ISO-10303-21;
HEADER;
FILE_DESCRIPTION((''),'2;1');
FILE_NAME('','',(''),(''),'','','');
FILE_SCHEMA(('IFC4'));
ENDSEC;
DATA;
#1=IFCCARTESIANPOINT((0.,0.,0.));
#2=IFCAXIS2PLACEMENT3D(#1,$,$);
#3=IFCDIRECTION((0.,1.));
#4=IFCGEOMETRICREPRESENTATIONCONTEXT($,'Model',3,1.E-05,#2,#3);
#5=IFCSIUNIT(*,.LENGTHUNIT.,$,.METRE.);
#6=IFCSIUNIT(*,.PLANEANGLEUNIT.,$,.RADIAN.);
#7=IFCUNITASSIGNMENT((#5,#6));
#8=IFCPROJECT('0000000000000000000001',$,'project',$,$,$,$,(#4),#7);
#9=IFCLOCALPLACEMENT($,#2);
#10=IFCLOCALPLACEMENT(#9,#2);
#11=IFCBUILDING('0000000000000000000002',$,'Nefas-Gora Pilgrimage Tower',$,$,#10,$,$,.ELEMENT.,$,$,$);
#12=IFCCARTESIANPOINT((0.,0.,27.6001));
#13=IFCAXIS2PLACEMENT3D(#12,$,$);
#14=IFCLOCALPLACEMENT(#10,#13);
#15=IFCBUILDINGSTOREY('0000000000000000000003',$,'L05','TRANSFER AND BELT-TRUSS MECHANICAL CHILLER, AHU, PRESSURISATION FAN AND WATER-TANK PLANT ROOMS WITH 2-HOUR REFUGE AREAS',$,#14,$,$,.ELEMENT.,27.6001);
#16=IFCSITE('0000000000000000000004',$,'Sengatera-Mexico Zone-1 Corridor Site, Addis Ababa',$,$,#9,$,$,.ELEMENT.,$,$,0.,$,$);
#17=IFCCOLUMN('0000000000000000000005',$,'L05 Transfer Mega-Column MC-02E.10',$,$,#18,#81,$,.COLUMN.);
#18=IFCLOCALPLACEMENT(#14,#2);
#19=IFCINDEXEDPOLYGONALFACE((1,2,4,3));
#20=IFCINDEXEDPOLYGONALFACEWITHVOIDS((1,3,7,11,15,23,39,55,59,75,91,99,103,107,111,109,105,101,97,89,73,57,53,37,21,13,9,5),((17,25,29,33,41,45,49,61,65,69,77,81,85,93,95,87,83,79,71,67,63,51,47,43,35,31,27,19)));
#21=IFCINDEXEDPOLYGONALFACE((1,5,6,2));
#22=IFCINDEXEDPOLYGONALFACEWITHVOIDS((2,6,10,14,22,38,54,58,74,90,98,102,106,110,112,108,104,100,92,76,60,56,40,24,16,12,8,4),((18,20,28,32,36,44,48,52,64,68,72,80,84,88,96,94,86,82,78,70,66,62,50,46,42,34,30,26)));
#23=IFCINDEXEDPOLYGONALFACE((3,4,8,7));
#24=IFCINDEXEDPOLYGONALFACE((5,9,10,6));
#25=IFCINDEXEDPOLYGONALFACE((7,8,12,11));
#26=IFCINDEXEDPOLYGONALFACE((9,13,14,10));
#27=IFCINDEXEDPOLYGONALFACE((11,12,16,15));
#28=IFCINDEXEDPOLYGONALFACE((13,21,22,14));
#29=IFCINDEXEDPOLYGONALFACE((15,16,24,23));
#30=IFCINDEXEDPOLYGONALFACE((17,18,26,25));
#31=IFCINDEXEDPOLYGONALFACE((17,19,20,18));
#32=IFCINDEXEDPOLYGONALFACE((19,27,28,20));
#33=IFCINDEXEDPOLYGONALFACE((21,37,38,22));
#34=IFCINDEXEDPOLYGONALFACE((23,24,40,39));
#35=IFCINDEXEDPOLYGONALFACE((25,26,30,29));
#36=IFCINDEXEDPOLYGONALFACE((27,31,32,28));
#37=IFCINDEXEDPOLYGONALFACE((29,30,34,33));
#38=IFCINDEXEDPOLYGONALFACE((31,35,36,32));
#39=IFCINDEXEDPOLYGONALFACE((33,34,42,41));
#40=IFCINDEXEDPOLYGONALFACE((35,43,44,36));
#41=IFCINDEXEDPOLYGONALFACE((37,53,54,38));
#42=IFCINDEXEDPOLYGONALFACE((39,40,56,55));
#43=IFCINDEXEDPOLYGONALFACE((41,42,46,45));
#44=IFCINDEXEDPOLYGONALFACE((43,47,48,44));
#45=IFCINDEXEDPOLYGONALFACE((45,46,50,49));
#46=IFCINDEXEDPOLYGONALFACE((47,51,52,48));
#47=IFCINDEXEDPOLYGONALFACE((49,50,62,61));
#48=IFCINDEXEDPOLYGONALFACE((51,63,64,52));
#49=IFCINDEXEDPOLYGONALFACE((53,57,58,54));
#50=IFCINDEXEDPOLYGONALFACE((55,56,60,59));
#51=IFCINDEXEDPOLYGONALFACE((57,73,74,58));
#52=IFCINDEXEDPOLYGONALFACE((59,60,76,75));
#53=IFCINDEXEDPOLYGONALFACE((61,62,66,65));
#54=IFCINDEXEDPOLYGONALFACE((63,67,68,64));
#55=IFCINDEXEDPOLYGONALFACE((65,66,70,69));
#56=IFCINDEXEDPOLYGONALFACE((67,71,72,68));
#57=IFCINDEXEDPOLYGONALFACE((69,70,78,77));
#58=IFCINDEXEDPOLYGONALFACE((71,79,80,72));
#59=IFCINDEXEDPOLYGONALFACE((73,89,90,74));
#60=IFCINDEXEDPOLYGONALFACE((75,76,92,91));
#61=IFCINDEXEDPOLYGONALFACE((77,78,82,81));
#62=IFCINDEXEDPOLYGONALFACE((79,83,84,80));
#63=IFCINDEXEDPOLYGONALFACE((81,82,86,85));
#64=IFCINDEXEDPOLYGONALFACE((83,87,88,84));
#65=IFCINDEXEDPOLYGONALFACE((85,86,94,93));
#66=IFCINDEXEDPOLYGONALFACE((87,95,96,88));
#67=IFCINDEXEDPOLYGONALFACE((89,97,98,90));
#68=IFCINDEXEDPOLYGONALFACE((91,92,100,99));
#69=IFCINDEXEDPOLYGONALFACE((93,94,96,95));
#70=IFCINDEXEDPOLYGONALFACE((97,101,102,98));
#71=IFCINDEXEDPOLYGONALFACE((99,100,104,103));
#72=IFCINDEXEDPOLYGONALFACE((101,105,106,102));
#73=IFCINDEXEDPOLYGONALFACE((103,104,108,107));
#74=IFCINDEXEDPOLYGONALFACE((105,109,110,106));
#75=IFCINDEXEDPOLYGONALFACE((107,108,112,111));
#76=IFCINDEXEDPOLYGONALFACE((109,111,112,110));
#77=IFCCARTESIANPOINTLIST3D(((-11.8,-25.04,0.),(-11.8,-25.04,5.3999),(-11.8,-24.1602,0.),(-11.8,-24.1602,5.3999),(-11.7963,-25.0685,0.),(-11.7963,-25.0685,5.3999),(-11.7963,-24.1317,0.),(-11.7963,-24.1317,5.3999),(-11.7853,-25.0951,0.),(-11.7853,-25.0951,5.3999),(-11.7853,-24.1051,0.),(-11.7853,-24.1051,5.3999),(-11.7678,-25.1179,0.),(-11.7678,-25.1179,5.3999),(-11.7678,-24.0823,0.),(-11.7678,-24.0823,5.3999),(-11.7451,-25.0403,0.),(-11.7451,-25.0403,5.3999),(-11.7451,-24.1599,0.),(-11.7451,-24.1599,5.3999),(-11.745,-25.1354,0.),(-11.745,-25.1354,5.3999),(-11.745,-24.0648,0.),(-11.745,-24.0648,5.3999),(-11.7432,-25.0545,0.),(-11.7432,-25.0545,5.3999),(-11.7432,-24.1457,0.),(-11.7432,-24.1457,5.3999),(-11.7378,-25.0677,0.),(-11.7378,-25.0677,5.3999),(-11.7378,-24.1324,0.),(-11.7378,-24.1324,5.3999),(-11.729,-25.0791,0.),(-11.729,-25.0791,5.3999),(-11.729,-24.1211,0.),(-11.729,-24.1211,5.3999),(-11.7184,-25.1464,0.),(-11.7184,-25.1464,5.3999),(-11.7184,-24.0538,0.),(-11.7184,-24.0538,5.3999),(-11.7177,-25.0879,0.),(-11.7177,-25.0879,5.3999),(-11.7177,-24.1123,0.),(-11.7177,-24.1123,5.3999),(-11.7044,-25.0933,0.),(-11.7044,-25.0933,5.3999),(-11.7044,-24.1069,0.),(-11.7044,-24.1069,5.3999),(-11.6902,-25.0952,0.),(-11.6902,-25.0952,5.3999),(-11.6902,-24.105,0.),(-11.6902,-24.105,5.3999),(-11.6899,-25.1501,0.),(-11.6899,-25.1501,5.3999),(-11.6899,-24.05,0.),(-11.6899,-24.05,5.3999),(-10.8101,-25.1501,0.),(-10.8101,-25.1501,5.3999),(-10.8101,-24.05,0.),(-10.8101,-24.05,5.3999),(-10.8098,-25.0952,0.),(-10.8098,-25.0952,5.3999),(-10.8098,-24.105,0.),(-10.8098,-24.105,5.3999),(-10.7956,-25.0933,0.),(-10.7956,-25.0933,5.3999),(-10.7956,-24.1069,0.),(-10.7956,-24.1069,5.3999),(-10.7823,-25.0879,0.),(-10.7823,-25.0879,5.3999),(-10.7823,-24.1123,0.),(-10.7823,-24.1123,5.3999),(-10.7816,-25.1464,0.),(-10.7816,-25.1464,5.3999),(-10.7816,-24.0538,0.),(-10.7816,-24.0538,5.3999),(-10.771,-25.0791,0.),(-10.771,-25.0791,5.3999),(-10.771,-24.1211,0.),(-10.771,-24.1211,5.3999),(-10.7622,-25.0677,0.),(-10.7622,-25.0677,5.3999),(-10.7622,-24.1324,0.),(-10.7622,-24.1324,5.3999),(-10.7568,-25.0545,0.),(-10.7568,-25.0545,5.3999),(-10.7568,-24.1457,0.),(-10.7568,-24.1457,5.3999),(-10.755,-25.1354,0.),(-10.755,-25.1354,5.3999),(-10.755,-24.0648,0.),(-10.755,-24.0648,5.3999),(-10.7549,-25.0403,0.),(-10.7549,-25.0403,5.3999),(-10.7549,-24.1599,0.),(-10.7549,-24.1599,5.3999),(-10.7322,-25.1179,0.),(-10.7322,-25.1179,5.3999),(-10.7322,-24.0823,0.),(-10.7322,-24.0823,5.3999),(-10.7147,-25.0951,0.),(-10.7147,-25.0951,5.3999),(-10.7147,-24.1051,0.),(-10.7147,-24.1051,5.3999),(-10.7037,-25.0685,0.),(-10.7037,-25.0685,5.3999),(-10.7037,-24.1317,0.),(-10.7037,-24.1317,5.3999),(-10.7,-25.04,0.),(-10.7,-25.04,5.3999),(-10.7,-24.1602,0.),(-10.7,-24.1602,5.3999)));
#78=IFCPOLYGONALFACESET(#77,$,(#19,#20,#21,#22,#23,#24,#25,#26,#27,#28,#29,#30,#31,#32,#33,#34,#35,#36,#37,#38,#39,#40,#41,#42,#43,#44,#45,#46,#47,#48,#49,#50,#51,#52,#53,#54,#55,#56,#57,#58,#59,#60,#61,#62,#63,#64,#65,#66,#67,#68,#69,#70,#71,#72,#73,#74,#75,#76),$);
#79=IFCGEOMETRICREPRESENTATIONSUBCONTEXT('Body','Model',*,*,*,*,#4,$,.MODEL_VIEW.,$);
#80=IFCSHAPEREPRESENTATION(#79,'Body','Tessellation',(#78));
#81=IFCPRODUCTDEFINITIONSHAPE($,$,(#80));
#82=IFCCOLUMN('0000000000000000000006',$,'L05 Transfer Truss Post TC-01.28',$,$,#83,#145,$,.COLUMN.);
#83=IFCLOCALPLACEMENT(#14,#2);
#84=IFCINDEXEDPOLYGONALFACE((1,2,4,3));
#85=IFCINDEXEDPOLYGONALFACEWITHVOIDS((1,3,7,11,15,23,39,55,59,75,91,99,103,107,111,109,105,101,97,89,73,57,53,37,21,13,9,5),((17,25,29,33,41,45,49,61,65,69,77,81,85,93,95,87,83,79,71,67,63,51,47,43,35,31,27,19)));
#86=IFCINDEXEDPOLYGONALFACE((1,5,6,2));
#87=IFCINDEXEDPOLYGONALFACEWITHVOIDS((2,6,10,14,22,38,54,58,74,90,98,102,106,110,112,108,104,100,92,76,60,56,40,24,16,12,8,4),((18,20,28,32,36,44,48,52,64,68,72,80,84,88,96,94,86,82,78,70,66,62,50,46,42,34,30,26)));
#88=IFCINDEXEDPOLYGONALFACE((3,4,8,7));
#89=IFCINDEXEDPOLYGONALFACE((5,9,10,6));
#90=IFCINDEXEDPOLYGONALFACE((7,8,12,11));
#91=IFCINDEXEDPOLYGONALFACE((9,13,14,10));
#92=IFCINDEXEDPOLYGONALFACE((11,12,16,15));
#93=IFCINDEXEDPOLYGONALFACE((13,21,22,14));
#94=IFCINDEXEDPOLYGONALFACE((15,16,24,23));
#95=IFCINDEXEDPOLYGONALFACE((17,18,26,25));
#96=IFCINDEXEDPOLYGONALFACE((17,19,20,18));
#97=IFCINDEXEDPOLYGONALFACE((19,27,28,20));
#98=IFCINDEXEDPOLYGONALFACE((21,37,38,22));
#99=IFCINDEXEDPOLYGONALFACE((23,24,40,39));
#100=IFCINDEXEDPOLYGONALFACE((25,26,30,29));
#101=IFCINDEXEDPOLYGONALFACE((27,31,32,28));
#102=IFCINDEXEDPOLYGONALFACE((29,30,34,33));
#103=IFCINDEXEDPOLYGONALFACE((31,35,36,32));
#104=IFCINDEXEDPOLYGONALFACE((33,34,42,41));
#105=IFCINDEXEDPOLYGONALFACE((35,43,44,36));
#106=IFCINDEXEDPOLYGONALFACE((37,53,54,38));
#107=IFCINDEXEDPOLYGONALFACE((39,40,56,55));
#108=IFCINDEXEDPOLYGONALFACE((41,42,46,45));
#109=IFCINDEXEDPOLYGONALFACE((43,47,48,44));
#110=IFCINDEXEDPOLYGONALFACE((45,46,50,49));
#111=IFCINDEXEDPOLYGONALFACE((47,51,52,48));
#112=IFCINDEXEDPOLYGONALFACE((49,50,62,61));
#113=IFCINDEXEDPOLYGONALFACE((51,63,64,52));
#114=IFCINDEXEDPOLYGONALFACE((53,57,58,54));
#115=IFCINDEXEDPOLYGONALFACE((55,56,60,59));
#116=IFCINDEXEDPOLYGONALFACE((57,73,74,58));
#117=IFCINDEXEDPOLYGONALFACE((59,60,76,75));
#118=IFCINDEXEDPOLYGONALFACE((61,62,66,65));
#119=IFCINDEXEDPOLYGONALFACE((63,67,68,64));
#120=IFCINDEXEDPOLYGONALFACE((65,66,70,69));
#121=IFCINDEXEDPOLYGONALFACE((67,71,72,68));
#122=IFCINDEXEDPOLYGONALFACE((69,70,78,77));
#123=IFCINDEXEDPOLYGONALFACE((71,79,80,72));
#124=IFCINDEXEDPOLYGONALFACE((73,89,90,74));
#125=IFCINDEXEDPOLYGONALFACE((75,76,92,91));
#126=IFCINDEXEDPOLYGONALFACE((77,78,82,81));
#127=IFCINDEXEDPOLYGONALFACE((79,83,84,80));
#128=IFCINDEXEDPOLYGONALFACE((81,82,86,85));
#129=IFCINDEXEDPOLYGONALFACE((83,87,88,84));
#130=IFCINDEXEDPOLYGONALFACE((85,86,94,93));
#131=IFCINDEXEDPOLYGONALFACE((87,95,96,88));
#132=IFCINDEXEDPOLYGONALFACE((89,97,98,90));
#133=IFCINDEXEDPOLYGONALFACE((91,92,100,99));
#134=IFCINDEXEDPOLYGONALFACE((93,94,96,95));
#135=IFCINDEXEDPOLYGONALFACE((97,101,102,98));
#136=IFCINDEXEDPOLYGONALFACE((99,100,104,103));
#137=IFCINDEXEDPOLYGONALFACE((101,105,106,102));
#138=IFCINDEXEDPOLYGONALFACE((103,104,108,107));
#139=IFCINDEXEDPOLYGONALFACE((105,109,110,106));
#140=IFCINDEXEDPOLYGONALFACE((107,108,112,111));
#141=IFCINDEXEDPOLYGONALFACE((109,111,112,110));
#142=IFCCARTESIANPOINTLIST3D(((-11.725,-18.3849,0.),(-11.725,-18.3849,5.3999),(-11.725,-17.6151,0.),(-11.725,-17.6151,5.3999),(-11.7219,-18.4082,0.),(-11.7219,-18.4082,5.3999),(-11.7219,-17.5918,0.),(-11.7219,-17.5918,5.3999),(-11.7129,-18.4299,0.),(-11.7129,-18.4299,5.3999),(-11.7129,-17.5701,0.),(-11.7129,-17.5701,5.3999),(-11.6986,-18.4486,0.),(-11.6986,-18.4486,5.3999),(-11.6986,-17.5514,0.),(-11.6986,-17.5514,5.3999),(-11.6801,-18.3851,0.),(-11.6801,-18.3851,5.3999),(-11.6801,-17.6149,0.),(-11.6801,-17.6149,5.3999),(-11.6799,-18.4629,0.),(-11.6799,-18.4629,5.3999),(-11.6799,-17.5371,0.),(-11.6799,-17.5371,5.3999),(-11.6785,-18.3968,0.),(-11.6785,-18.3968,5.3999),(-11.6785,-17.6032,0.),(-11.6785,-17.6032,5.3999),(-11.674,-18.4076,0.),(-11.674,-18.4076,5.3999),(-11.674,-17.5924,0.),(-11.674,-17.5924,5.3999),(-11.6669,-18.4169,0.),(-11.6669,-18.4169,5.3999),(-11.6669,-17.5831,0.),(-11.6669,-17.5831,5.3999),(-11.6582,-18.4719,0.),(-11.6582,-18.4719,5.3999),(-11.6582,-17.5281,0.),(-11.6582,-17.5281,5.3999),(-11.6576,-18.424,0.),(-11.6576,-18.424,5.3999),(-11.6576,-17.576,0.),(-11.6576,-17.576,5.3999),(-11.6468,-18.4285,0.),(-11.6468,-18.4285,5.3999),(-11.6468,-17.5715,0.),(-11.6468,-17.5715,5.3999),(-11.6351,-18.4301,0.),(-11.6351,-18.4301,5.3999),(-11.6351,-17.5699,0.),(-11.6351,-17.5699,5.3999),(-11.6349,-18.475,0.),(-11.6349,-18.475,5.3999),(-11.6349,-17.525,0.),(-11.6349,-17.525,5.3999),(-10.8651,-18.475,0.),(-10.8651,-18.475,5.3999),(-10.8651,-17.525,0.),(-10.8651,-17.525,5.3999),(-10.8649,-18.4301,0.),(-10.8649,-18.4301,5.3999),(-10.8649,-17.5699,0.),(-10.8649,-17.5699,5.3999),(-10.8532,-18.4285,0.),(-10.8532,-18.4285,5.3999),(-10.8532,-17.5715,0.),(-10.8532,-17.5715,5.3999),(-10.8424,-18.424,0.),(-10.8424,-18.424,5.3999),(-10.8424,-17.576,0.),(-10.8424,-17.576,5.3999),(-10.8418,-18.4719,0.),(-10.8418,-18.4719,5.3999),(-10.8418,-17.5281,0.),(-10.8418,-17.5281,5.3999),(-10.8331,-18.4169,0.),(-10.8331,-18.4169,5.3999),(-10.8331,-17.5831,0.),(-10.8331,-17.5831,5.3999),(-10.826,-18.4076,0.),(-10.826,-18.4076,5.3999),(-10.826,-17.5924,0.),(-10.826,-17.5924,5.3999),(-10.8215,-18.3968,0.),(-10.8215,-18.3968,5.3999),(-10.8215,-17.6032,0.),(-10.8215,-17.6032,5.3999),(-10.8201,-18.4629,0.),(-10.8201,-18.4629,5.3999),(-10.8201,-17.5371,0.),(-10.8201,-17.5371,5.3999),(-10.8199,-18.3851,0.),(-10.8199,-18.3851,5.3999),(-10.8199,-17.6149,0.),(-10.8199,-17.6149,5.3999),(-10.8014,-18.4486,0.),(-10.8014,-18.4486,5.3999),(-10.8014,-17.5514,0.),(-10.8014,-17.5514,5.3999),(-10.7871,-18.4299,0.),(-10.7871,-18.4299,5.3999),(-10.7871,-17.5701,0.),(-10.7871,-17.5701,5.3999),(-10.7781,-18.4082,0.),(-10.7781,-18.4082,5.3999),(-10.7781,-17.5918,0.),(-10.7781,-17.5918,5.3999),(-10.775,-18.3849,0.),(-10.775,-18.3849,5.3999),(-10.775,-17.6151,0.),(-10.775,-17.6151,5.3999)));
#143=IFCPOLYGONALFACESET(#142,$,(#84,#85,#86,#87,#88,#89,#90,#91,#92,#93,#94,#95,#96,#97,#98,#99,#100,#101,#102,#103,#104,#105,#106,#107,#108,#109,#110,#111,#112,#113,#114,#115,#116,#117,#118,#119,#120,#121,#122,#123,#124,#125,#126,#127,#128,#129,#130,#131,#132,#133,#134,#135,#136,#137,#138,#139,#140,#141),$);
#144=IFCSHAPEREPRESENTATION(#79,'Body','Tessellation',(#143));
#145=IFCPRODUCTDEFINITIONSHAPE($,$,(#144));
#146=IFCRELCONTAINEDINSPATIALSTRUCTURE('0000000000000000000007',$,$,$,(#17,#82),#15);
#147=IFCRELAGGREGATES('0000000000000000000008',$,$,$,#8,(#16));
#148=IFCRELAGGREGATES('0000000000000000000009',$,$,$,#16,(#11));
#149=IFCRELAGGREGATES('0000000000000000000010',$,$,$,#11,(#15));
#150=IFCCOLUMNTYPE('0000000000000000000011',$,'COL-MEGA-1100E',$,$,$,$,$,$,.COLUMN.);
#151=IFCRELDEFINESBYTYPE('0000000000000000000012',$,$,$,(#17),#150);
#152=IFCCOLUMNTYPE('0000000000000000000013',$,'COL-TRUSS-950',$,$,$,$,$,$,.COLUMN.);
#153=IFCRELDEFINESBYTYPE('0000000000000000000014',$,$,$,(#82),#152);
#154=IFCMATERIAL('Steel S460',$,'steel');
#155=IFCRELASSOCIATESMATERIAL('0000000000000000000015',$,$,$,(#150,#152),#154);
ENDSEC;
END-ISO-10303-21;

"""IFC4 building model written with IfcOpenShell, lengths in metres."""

from ifc_helpers import new_model, si_unit, direction, frame, origin, origin_2d, place, context, subcontext, project, spatial, hollow_rectangle, extrude, source, transform, mapped, material, material_profile, profile_set, type_object, element, save


model = new_model("IFC4")

# Units and contexts
model_context = context("Model", 3, precision=1e-05, world=origin(), true_north=direction((0.0, 1.0)))
body_context = subcontext(model_context, "Body", "Model", "MODEL_VIEW")
ifc_project = project(units=[si_unit("LENGTHUNIT", "METRE"), si_unit("PLANEANGLEUNIT", "RADIAN")], contexts=[model_context])

# Site, building, storey
site_placement = place(None, origin())
site = spatial("IfcSite", under=ifc_project, at=site_placement, Name="Sengatera-Mexico Zone-1 Corridor Site, Addis Ababa", CompositionType="ELEMENT", RefElevation=0.0)
building_placement = place(site_placement, origin())
building = spatial("IfcBuilding", under=site, at=building_placement, Name="Nefas-Gora Pilgrimage Tower", CompositionType="ELEMENT")
storey_placement = place(building_placement, frame((0.0, 0.0, 27.6001)))
storey = spatial("IfcBuildingStorey", under=building, at=storey_placement, Name="L05", Description="TRANSFER AND BELT-TRUSS MECHANICAL CHILLER, AHU, PRESSURISATION FAN AND WATER-TANK PLANT ROOMS WITH 2-HOUR REFUGE AREAS", CompositionType="ELEMENT", Elevation=27.6001)

# Columns
ifc_material_1 = material(Name="Steel S460", Category="steel")
ifc_material_profile_1 = material_profile(ifc_material_1, hollow_rectangle(XDim=1.1001, YDim=1.1001, WallThickness=0.0549, InnerFilletRadius=0.0549, OuterFilletRadius=0.1101, at=origin_2d()), Name="BOX 1100x1100x55")
ifc_profile_set_1 = profile_set([ifc_material_profile_1], Name="Steel S460")
column_type_1 = type_object("IfcColumnType", Name="COL-MEGA-1100E", PredefinedType="COLUMN", material=ifc_profile_set_1)
shared_shape_1 = source(origin(), body_context, "Body", "SweptSolid", [
    extrude(hollow_rectangle(XDim=1.1001, YDim=1.1001, WallThickness=0.0549, InnerFilletRadius=0.0549, OuterFilletRadius=0.1101, at=origin_2d()), origin(), (0.0, 0.0, 1.0), 5.3999),
])
column_placement = place(storey_placement, frame((-11.25, -24.6001, 0.0), z_axis=(0.0, 0.0, 1.0), x_axis=(1.0, 0.0, 0.0)))
element("IfcColumn", 1, at=column_placement, inside=storey, type_object=column_type_1, Name="L05 Transfer Mega-Column MC-02E.10", PredefinedType="COLUMN", context=body_context, shape_type="MappedRepresentation", body=[
    mapped(shared_shape_1, transform((0.0, 0.0, 0.0), x_axis=(1.0, 0.0, 0.0), y_axis=(0.0, 1.0, 0.0), z_axis=(0.0, 0.0, 1.0), scale=1.0)),
])
ifc_material_profile_2 = material_profile(ifc_material_1, hollow_rectangle(XDim=0.95, YDim=0.95, WallThickness=0.0449, InnerFilletRadius=0.0449, OuterFilletRadius=0.0901, at=origin_2d()), Name="BOX 950x950x45")
ifc_profile_set_2 = profile_set([ifc_material_profile_2], Name="Steel S460")
column_type_2 = type_object("IfcColumnType", Name="COL-TRUSS-950", PredefinedType="COLUMN", material=ifc_profile_set_2)
shared_shape_2 = source(origin(), body_context, "Body", "SweptSolid", [
    extrude(hollow_rectangle(XDim=0.95, YDim=0.95, WallThickness=0.0449, InnerFilletRadius=0.0449, OuterFilletRadius=0.0901, at=origin_2d()), origin(), (0.0, 0.0, 1.0), 5.3999),
])
for number, where, z_axis, x_axis, name in (
    (2, (-11.25, -18.0, 0.0), (0.0, 0.0, 1.0), (1.0, 0.0, 0.0), "L05 Transfer Truss Post TC-01.28"),
):
    element("IfcColumn", number, at=place(storey_placement, frame(where, z_axis=z_axis, x_axis=x_axis)), inside=storey, type_object=column_type_2, Name=name, PredefinedType="COLUMN", context=body_context, shape_type="MappedRepresentation", body=[
        mapped(shared_shape_2, transform((0.0, 0.0, 0.0), x_axis=(1.0, 0.0, 0.0), y_axis=(0.0, 1.0, 0.0), z_axis=(0.0, 0.0, 1.0), scale=1.0)),
    ])

save(model, "model.ifc")
